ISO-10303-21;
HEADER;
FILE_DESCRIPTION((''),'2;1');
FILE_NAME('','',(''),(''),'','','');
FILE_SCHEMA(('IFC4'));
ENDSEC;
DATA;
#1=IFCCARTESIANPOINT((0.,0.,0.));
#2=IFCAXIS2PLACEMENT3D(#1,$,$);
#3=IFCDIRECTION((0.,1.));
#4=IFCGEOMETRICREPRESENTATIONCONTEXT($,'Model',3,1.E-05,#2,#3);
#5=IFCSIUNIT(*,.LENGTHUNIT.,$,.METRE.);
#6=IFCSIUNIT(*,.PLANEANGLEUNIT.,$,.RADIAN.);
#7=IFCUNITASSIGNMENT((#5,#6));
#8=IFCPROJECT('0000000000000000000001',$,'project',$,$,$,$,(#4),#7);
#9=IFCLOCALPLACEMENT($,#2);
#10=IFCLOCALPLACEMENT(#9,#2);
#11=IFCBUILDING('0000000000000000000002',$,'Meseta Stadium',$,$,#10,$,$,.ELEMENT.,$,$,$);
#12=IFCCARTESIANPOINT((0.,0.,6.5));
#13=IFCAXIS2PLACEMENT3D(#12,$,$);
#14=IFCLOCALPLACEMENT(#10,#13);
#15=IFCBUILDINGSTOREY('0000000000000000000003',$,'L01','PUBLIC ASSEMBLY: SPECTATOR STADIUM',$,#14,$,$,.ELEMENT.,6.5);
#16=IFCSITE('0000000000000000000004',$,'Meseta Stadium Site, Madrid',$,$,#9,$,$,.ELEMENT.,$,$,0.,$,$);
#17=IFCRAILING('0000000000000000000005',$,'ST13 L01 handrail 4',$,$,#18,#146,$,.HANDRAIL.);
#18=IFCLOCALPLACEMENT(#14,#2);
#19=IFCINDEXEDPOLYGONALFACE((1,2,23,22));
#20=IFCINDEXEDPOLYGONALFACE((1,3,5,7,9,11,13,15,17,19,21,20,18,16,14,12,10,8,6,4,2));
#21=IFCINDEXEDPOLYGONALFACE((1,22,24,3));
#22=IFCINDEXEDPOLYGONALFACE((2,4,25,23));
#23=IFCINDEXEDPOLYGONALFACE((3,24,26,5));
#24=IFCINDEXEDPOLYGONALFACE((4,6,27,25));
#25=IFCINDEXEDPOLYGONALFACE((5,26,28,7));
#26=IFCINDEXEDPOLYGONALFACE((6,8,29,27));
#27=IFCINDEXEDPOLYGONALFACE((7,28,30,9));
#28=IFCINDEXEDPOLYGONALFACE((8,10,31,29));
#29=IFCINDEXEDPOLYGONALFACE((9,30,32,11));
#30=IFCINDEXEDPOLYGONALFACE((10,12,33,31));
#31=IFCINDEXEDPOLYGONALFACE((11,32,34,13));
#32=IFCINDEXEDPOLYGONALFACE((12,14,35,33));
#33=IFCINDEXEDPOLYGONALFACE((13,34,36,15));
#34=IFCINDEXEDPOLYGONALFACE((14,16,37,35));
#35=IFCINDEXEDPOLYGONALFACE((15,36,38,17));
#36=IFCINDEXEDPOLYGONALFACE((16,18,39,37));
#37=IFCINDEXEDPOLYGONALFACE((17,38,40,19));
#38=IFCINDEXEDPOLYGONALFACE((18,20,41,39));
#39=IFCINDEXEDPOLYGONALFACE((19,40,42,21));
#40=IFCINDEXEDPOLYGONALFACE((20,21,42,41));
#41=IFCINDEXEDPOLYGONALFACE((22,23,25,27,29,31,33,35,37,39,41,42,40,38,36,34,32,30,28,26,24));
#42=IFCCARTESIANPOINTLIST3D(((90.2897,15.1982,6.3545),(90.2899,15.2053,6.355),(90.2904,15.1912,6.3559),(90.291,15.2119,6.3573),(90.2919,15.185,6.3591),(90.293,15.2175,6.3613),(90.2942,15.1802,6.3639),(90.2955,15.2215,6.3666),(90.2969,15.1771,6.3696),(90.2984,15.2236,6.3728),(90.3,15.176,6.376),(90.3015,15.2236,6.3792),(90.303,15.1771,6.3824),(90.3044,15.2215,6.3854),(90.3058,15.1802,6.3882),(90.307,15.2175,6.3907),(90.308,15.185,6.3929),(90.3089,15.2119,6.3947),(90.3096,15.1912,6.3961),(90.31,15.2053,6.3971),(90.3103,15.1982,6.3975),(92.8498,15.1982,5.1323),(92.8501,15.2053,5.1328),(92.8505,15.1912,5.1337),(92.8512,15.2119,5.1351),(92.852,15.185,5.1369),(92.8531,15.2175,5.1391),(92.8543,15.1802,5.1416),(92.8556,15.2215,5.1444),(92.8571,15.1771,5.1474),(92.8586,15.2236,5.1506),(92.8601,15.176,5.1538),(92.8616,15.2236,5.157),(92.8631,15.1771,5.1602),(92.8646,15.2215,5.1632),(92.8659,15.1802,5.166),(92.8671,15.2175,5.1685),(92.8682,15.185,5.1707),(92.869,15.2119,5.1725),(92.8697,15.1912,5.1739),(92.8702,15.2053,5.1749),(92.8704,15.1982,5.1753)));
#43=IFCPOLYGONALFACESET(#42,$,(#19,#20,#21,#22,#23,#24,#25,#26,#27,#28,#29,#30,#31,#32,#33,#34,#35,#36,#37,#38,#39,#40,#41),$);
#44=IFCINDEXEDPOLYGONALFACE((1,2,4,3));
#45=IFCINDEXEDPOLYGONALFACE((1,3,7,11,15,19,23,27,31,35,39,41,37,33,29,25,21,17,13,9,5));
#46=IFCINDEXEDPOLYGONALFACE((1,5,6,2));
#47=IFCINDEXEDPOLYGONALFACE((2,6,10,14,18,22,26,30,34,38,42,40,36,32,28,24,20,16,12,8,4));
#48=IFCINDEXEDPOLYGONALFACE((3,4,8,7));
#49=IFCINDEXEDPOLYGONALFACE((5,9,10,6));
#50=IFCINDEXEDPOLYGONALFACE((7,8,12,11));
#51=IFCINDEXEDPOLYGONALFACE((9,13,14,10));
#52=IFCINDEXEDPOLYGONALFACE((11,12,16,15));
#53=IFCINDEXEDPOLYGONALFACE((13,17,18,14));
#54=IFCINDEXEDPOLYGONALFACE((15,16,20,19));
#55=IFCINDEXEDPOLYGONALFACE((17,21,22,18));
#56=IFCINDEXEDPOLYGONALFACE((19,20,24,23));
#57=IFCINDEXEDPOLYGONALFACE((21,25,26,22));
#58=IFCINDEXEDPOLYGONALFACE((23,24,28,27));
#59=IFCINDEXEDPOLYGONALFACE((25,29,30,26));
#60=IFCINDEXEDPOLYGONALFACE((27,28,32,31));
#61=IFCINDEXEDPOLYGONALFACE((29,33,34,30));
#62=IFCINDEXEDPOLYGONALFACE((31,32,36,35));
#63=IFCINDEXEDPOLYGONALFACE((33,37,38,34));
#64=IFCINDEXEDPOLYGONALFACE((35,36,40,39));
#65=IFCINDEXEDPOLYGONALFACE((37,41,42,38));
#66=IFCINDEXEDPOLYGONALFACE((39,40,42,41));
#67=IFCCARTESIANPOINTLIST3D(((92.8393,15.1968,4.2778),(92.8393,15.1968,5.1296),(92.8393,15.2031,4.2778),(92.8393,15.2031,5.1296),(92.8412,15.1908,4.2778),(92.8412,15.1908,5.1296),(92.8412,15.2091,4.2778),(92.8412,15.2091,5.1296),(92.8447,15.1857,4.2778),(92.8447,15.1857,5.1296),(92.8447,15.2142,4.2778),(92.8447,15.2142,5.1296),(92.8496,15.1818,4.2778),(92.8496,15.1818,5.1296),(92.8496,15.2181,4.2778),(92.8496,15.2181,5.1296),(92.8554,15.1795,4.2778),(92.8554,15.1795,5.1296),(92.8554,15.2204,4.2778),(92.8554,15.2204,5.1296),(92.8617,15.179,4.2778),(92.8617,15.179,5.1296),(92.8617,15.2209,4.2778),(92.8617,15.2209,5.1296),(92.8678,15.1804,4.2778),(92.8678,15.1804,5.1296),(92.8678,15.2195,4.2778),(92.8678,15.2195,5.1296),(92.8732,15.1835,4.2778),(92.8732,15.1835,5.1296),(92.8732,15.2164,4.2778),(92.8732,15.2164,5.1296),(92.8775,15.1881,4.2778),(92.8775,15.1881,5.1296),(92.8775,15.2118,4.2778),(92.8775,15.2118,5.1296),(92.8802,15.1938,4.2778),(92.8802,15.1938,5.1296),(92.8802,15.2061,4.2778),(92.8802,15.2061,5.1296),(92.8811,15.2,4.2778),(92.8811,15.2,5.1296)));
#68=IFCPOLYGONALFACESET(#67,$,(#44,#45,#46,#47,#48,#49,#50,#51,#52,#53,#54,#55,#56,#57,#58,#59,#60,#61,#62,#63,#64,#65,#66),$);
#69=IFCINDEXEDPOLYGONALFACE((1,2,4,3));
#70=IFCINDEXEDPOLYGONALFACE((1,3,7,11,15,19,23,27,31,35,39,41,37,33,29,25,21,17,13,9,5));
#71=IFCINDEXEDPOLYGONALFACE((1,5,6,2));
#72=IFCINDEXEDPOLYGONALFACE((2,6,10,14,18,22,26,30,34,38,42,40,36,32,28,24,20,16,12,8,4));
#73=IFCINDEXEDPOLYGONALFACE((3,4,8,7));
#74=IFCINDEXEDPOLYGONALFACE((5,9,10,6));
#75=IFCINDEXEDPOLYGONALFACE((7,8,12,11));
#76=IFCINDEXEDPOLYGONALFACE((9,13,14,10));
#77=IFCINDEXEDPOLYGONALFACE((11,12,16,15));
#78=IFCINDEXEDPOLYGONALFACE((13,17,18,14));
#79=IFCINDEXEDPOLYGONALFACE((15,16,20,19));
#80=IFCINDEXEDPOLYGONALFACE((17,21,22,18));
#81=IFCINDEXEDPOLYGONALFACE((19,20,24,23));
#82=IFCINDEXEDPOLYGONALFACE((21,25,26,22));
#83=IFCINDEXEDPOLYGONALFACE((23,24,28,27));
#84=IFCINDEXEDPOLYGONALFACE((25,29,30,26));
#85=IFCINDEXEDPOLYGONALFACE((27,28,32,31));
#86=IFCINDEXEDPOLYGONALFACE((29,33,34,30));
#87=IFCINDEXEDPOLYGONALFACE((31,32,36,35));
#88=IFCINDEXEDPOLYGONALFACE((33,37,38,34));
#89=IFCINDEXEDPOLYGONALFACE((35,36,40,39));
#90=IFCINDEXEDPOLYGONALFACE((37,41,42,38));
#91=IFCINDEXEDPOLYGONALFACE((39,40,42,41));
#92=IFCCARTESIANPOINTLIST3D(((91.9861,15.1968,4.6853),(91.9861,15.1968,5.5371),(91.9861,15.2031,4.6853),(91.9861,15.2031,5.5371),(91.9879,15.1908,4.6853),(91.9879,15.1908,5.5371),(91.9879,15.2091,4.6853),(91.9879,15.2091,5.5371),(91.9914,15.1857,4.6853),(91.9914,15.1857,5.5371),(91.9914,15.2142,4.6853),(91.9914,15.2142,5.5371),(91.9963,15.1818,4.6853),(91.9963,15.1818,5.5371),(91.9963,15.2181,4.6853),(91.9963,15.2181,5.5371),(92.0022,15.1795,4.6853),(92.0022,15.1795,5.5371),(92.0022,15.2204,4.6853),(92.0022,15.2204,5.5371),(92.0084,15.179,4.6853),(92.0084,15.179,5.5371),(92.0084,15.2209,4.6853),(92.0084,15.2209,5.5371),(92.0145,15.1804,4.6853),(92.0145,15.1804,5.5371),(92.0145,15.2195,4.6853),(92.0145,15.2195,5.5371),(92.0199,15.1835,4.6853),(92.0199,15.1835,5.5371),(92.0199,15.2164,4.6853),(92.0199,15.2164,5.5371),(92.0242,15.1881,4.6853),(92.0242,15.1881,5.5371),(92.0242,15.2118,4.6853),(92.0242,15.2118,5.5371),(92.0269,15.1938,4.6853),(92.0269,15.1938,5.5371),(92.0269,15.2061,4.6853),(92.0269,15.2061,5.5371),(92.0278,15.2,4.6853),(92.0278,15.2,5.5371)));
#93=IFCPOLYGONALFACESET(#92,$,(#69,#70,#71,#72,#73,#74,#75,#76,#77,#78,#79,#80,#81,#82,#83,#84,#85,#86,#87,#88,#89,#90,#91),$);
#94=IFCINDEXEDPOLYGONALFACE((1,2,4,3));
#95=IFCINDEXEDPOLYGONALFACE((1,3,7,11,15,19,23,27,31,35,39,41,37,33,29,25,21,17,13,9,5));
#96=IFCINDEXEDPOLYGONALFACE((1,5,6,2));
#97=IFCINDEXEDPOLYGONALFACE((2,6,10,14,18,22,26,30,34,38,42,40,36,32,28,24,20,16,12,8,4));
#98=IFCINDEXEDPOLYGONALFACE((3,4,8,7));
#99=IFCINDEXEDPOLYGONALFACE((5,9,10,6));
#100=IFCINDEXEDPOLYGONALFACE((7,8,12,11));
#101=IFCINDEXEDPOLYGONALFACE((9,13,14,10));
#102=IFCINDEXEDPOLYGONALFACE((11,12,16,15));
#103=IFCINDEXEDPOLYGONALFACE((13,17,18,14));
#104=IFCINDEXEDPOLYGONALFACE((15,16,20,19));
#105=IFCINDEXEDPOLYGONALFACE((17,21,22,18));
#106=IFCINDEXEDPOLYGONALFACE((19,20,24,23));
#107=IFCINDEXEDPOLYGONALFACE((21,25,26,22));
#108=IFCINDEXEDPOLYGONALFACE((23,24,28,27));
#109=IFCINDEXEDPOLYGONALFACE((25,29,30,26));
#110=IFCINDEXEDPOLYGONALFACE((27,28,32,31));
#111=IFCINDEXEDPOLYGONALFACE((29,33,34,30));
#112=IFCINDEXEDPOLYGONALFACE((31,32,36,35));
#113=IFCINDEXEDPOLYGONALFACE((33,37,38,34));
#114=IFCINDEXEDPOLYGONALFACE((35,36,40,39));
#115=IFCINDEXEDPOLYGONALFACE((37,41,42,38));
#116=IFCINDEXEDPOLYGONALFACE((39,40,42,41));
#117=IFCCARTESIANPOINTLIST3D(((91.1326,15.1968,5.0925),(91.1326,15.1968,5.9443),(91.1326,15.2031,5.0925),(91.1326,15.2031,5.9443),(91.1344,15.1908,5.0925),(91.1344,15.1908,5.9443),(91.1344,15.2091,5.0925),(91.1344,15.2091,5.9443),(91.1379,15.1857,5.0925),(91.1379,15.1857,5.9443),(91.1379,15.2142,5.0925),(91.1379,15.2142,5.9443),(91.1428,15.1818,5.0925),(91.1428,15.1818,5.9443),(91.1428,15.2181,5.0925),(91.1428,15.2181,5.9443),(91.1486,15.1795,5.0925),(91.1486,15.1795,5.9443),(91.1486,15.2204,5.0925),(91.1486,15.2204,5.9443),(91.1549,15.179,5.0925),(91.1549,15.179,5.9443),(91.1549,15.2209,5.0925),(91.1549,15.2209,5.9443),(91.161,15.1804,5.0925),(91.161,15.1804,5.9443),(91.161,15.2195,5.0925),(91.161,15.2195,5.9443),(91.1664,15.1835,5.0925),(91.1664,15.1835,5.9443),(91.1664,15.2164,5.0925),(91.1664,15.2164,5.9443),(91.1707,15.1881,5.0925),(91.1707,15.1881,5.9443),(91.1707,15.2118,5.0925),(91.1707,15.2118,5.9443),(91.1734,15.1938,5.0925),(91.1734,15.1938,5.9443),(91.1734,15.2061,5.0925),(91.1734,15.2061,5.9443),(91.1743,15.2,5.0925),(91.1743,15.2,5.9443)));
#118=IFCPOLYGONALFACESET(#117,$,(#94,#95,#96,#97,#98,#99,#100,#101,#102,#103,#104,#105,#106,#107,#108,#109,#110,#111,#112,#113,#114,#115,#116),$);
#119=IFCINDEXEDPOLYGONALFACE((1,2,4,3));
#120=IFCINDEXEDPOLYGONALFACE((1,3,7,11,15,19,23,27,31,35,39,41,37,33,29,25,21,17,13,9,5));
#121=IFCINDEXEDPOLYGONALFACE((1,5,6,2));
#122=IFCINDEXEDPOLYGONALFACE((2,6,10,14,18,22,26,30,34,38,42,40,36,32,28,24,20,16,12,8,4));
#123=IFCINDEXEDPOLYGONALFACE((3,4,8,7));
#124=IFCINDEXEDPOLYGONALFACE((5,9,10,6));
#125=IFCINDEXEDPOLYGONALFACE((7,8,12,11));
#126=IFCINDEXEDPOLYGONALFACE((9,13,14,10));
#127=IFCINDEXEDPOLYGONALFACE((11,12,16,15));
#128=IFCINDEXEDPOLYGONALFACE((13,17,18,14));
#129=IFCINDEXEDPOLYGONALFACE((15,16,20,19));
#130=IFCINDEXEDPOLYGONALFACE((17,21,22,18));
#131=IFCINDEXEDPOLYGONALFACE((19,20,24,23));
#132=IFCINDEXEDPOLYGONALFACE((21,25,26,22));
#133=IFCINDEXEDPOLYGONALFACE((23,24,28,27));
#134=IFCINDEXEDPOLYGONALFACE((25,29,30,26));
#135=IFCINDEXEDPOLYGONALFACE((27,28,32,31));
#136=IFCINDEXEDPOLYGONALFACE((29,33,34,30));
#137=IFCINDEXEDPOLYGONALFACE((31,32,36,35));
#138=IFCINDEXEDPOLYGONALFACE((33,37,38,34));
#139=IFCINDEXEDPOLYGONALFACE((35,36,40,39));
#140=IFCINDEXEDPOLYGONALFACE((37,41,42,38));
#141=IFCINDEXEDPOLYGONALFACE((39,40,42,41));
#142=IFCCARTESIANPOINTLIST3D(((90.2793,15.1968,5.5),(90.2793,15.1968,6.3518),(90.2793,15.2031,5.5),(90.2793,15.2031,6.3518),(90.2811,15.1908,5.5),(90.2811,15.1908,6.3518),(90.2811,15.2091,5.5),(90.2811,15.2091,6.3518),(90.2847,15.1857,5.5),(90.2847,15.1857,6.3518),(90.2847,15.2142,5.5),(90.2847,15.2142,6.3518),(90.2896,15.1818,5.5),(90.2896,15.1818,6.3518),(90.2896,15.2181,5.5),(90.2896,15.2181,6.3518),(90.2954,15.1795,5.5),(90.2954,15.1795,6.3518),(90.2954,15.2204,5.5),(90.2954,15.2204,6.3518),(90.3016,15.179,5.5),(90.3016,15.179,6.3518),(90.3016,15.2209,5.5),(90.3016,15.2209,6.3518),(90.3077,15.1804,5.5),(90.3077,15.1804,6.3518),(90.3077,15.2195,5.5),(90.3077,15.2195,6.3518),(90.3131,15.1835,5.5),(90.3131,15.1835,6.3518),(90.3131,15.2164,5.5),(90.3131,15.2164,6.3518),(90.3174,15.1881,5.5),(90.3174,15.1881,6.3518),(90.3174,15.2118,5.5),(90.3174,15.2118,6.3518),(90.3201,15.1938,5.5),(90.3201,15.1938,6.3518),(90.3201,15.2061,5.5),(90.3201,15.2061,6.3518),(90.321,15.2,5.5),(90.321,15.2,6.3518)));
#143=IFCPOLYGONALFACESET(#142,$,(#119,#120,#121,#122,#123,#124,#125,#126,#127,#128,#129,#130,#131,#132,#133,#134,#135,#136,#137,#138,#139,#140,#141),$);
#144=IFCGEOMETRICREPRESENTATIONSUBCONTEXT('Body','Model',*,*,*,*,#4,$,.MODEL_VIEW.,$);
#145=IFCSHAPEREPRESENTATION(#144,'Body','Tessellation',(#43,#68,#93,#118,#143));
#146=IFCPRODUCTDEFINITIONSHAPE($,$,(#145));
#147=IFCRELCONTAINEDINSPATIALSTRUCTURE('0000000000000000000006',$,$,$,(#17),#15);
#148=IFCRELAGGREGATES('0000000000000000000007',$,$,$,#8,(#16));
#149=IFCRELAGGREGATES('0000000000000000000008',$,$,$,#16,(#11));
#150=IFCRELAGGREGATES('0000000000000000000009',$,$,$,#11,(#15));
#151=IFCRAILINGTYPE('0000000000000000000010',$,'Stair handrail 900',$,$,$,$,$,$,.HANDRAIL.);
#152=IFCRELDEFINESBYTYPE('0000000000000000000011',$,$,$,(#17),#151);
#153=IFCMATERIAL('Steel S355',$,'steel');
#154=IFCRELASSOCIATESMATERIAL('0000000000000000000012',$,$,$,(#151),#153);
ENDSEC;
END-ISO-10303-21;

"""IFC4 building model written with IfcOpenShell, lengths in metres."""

from ifc_helpers import new_model, si_unit, direction, frame, origin, origin_2d, place, context, subcontext, project, spatial, circle, extrude, material, type_object, element, save


model = new_model("IFC4")

# Units and contexts
model_context = context("Model", 3, precision=1e-05, world=origin(), true_north=direction((0.0, 1.0)))
body_context = subcontext(model_context, "Body", "Model", "MODEL_VIEW")
ifc_project = project(units=[si_unit("LENGTHUNIT", "METRE"), si_unit("PLANEANGLEUNIT", "RADIAN")], contexts=[model_context])

# Site, building, storey
site_placement = place(None, origin())
site = spatial("IfcSite", under=ifc_project, at=site_placement, Name="Meseta Stadium Site, Madrid", CompositionType="ELEMENT", RefElevation=0.0)
building_placement = place(site_placement, origin())
building = spatial("IfcBuilding", under=site, at=building_placement, Name="Meseta Stadium", CompositionType="ELEMENT")
storey_placement = place(building_placement, frame((0.0, 0.0, 6.5)))
storey = spatial("IfcBuildingStorey", under=building, at=storey_placement, Name="L01", Description="PUBLIC ASSEMBLY: SPECTATOR STADIUM", CompositionType="ELEMENT", Elevation=6.5)

# Railing
ifc_material_1 = material(Name="Steel S355", Category="steel")
railing_type_1 = type_object("IfcRailingType", Name="Stair handrail 900", PredefinedType="HANDRAIL", material=ifc_material_1)
for number, where, name in (
    (1, (92.8601, 15.2, 4.2778), "ST13 L01 handrail 4"),
):
    element("IfcRailing", number, at=place(storey_placement, frame(where)), inside=storey, type_object=railing_type_1, Name=name, PredefinedType="HANDRAIL", context=body_context, shape_type="SweptSolid", body=[
        extrude(circle(Radius=0.0239, at=origin_2d()), frame((0.0, 0.0, 0.876), z_axis=(-0.902437, 0.0, 0.430822), x_axis=(0.0, -1.0, 0.0)), (0.0, 0.0, 1.0), 2.8369),
        extrude(circle(Radius=0.021, at=origin_2d()), origin(), (0.0, 0.0, 1.0), 0.8518),
        extrude(circle(Radius=0.021, at=origin_2d()), frame((-0.8533, 0.0, 0.4075)), (0.0, 0.0, 1.0), 0.8518),
        extrude(circle(Radius=0.021, at=origin_2d()), frame((-1.7068, 0.0, 0.8147)), (0.0, 0.0, 1.0), 0.8518),
        extrude(circle(Radius=0.021, at=origin_2d()), frame((-2.5601, 0.0, 1.2222)), (0.0, 0.0, 1.0), 0.8518),
    ])

save(model, "model.ifc")
